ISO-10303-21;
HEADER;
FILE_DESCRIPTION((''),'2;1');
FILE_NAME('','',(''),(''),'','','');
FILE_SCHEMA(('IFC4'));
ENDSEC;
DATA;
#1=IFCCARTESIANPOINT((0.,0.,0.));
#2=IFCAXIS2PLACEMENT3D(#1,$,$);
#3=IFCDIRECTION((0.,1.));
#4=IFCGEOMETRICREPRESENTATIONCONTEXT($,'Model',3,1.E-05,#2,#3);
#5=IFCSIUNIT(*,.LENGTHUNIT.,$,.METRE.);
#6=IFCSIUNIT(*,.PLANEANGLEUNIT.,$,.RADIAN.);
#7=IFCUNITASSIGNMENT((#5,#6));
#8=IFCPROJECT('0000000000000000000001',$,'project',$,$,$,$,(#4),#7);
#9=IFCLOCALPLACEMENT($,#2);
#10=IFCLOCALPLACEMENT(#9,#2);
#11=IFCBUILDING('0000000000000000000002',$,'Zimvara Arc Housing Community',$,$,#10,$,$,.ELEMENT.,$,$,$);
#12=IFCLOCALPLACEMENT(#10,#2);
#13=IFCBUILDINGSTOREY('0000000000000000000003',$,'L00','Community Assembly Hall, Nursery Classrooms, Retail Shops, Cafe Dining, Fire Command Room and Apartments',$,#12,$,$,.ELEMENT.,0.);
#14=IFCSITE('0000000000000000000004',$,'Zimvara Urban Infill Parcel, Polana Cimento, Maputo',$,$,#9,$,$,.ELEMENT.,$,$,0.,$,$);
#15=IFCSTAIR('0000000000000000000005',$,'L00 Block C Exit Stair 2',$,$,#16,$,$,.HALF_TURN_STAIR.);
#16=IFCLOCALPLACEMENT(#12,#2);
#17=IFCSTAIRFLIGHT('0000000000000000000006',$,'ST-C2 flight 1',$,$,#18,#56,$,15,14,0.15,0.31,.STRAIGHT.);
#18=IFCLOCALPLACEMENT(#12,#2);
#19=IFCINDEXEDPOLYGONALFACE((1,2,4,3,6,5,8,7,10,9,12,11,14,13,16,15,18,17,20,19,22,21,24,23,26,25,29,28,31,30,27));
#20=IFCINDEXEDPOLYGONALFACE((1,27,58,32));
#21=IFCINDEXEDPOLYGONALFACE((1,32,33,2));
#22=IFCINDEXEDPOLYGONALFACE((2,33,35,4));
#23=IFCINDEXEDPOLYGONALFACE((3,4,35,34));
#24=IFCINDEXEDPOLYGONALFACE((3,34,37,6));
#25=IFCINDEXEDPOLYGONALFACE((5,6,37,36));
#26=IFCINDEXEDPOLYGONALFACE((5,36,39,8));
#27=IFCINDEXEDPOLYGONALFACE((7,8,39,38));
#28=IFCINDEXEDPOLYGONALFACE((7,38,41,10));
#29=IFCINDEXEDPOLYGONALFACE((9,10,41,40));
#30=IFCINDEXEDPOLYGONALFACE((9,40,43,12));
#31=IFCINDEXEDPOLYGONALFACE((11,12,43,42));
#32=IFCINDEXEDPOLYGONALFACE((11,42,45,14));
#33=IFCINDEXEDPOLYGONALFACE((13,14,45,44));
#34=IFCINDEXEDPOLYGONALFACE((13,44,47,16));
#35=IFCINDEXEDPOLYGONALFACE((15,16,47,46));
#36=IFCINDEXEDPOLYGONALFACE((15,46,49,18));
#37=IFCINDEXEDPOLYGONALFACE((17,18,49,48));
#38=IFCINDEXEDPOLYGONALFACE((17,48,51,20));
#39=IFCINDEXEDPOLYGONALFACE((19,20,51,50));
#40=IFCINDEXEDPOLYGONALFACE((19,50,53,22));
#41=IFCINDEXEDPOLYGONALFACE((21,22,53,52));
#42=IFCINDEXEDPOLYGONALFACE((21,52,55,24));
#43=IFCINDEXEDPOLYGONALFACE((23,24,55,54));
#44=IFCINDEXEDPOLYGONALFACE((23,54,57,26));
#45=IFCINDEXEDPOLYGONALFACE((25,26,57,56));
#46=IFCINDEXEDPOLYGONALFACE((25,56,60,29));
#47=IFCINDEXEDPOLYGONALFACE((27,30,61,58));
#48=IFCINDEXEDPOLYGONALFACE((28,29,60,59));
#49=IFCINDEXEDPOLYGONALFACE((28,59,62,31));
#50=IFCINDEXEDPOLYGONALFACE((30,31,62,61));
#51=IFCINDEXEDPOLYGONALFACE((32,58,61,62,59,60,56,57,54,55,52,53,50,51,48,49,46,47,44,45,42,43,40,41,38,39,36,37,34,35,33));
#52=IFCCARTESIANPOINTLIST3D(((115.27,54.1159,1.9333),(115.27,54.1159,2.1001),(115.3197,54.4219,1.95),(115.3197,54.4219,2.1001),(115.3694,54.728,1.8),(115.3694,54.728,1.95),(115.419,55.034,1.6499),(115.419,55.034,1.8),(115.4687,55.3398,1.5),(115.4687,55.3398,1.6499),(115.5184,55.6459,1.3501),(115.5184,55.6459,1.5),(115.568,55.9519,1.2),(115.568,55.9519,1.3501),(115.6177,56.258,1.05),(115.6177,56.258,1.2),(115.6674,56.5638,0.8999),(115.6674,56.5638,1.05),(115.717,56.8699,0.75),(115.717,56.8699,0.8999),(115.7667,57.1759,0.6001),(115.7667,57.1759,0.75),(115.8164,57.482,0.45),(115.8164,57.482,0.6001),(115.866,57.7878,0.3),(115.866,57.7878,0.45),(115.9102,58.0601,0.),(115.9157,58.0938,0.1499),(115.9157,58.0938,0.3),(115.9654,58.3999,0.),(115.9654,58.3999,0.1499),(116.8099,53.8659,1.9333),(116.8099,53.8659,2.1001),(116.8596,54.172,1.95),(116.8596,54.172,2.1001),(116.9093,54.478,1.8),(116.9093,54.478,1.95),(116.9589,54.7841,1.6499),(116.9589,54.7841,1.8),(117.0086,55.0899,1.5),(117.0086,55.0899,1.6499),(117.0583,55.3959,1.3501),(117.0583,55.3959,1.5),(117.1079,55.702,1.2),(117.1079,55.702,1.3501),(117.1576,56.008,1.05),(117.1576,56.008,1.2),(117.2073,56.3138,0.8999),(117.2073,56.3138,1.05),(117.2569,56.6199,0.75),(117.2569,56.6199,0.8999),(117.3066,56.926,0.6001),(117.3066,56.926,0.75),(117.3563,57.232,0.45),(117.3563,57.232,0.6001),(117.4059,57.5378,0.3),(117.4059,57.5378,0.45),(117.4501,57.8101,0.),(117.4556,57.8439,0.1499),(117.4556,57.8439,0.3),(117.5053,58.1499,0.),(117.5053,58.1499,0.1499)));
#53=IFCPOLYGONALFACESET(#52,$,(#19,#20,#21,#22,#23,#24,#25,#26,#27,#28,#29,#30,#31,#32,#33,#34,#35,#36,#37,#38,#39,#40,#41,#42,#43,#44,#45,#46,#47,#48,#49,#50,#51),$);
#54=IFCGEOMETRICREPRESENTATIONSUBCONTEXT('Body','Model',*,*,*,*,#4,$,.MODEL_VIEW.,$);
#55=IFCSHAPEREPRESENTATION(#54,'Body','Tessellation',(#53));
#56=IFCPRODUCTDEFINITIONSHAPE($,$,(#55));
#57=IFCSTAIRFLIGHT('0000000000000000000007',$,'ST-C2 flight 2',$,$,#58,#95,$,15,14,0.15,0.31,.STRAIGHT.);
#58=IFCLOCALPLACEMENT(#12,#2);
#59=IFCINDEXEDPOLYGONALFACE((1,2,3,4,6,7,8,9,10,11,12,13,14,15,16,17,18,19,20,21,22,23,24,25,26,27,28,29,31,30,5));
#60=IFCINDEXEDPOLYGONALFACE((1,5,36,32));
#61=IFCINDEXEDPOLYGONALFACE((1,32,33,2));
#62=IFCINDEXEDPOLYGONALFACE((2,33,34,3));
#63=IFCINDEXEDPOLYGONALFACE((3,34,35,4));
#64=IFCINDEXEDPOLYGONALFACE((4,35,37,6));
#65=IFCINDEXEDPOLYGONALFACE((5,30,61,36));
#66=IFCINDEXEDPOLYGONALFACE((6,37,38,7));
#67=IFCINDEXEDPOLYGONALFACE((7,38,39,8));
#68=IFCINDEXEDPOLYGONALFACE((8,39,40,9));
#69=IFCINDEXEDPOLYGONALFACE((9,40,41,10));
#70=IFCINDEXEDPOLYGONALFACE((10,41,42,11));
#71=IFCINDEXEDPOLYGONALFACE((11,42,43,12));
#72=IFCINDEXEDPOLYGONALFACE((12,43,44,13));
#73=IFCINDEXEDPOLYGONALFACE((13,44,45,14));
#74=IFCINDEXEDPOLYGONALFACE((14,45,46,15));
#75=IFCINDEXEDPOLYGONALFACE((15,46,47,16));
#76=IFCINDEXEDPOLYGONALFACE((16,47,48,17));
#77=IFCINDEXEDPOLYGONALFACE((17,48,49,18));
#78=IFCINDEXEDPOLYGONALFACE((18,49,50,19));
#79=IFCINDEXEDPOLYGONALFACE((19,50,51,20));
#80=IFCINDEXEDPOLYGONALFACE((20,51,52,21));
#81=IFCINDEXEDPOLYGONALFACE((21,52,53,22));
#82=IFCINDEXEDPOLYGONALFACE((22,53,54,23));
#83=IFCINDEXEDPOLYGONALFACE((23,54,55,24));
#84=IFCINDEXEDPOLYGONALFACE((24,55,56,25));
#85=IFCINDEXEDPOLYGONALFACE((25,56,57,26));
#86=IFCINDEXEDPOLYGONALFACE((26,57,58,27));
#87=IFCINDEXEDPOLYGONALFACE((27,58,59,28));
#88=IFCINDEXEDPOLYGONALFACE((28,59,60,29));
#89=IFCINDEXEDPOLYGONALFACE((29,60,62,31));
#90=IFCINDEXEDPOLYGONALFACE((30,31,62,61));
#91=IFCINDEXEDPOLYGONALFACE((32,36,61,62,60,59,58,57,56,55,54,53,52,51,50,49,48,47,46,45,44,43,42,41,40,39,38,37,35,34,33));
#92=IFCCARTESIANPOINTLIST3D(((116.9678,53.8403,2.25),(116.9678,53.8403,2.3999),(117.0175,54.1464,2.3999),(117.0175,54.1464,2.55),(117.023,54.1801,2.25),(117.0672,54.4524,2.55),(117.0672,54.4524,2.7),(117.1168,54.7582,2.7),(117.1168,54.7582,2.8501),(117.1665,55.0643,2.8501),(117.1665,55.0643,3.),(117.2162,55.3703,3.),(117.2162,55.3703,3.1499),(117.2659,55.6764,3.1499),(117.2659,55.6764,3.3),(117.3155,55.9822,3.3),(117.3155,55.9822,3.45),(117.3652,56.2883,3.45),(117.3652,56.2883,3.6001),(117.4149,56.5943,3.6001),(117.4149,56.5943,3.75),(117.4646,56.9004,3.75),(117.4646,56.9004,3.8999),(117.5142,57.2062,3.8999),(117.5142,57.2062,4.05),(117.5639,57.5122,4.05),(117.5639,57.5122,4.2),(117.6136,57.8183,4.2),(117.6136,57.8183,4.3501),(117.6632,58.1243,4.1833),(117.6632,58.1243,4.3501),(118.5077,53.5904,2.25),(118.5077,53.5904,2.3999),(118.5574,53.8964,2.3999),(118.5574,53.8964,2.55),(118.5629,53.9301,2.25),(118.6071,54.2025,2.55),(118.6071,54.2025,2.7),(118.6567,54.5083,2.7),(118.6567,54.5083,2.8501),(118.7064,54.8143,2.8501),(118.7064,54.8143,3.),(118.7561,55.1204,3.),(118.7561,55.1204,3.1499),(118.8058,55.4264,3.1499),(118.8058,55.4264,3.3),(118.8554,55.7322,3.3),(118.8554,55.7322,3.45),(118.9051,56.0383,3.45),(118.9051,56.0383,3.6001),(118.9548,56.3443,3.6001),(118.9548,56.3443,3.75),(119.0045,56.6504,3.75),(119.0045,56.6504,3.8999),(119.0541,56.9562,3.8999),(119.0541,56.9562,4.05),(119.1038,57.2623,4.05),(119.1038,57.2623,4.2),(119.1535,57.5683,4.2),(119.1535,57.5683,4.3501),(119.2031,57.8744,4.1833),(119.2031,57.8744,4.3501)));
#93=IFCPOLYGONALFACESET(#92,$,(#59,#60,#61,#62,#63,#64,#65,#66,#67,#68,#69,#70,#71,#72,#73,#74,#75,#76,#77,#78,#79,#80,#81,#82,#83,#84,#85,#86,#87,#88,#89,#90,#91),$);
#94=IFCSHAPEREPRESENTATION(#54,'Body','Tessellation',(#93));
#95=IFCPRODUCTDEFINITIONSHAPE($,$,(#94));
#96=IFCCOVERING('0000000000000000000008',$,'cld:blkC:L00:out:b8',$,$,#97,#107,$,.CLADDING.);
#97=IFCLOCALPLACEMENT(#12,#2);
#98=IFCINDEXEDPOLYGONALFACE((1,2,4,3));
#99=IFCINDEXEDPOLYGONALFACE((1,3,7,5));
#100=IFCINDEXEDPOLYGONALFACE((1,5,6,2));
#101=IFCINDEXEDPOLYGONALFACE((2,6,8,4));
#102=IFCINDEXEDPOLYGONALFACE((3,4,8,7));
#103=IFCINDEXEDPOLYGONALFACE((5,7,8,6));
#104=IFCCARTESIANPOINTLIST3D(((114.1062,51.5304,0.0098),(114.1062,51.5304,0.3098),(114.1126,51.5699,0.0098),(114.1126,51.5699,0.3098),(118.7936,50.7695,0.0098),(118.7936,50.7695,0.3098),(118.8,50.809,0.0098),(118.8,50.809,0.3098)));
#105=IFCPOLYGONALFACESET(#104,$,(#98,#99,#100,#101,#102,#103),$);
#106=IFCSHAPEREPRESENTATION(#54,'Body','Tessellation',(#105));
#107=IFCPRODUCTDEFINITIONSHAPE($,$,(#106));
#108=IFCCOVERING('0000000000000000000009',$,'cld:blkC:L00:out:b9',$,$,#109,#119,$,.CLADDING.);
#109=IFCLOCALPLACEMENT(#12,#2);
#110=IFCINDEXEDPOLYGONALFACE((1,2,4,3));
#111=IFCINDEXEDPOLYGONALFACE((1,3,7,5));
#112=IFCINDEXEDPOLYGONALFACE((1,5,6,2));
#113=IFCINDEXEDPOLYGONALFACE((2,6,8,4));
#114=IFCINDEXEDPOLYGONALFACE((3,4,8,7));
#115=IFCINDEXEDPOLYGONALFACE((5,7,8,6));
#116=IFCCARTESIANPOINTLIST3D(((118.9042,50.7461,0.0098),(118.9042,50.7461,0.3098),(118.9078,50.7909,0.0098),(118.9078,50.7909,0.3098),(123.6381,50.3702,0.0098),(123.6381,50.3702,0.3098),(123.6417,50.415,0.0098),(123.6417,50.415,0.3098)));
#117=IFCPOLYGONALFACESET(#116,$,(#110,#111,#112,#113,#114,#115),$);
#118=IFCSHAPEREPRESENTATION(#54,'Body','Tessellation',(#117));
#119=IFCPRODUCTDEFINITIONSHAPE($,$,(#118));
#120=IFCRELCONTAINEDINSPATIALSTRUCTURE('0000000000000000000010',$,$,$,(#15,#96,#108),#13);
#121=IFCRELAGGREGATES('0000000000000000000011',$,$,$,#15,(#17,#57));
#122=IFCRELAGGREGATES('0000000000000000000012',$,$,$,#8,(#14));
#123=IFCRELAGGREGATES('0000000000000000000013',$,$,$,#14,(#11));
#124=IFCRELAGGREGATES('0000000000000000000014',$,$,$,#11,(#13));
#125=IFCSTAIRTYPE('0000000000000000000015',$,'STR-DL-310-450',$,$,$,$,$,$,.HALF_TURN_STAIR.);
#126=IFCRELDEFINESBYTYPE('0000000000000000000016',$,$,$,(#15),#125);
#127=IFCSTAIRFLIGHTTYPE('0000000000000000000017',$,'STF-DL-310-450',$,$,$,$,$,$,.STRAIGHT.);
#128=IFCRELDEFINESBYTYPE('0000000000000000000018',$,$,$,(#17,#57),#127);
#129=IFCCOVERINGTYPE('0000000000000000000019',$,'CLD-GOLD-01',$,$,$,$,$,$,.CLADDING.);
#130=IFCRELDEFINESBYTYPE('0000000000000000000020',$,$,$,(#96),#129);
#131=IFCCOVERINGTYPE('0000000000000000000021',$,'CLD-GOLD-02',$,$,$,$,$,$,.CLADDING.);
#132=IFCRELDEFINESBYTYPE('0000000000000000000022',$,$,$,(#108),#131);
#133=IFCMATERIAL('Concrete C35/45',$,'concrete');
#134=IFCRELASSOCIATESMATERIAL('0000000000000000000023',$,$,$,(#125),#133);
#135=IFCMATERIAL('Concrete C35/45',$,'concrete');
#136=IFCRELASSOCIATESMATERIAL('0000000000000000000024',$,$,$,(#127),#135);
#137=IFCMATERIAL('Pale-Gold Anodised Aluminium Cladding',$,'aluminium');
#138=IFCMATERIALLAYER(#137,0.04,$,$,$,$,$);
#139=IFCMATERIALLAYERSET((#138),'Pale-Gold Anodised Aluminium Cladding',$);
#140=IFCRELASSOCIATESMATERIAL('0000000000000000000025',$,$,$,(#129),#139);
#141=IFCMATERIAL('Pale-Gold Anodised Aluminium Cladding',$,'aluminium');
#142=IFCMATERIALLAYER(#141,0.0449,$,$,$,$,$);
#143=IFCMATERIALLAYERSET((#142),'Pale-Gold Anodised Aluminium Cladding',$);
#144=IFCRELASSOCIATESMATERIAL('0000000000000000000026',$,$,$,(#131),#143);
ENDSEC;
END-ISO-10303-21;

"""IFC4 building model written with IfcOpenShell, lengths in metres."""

from ifc_helpers import new_model, si_unit, direction, frame, origin, origin_2d, place, context, subcontext, project, spatial, polyline, rectangle, outline, extrude, material, layer, layer_set, type_object, element, aggregate, save


model = new_model("IFC4")

# Units and contexts
model_context = context("Model", 3, precision=1e-05, world=origin(), true_north=direction((0.0, 1.0)))
body_context = subcontext(model_context, "Body", "Model", "MODEL_VIEW")
ifc_project = project(units=[si_unit("LENGTHUNIT", "METRE"), si_unit("PLANEANGLEUNIT", "RADIAN")], contexts=[model_context])

# Site, building, storey
site_placement = place(None, origin())
site = spatial("IfcSite", under=ifc_project, at=site_placement, Name="Zimvara Urban Infill Parcel, Polana Cimento, Maputo", CompositionType="ELEMENT", RefElevation=0.0)
building_placement = place(site_placement, origin())
building = spatial("IfcBuilding", under=site, at=building_placement, Name="Zimvara Arc Housing Community", CompositionType="ELEMENT")
storey_placement = place(building_placement, origin())
storey = spatial("IfcBuildingStorey", under=building, at=storey_placement, Name="L00", Description="Community Assembly Hall, Nursery Classrooms, Retail Shops, Cafe Dining, Fire Command Room and Apartments", CompositionType="ELEMENT", Elevation=0.0)

# Stair, stair flights
ifc_material_1 = material(Name="Concrete C35/45", Category="concrete")
stair_type = type_object("IfcStairType", Name="STR-DL-310-450", PredefinedType="HALF_TURN_STAIR", material=ifc_material_1)
stair_placement = place(storey_placement, origin())
stair = element("IfcStair", 1, at=stair_placement, inside=storey, type_object=stair_type, Name="L00 Block C Exit Stair 2", PredefinedType="HALF_TURN_STAIR")
ifc_material_2 = material(Name="Concrete C35/45", Category="concrete")
stair_flight_type = type_object("IfcStairFlightType", Name="STF-DL-310-450", PredefinedType="STRAIGHT", material=ifc_material_2)
stair_flight_1_placement = place(storey_placement, frame((116.7354, 58.2749, 0.0), z_axis=(0.0, 0.0, 1.0), x_axis=(-0.160226, -0.98708, 0.0)))
stair_flight_1 = element("IfcStairFlight", 2, at=stair_flight_1_placement, type_object=stair_flight_type, Name="ST-C2 flight 1", NumberOfRisers=15, NumberOfTreads=14, PredefinedType="STRAIGHT", RiserHeight=0.15, TreadLength=0.31, context=body_context, shape_type="SweptSolid", body=[
    extrude(outline(polyline([(0.0, 0.0), (0.0, 0.1499), (0.3101, 0.1499), (0.3101, 0.3), (0.6201, 0.3), (0.6201, 0.45), (0.9299, 0.45), (0.9299, 0.6001), (1.24, 0.6001), (1.24, 0.75), (1.55, 0.75), (1.55, 0.8999), (1.8601, 0.8999), (1.8601, 1.05), (2.1699, 1.05), (2.1699, 1.2), (2.48, 1.2), (2.48, 1.3501), (2.79, 1.3501), (2.79, 1.5), (3.1001, 1.5), (3.1001, 1.6499), (3.4099, 1.6499), (3.4099, 1.8), (3.72, 1.8), (3.72, 1.95), (4.03, 1.95), (4.03, 2.1001), (4.3401, 2.1001), (4.3401, 2.25), (4.3401, 1.9333), (0.3442, 0.0), (0.0, 0.0)])), frame((0.0, 0.78, 0.0), z_axis=(0.0, -1.0, 0.0), x_axis=(1.0, 0.0, 0.0)), (0.0, 0.0, 1.0), 1.5601),
])
stair_flight_2_placement = place(storey_placement, frame((117.7378, 53.7153, 2.25), z_axis=(0.0, 0.0, 1.0), x_axis=(0.160226, 0.98708, 0.0)))
stair_flight_2 = element("IfcStairFlight", 3, at=stair_flight_2_placement, type_object=stair_flight_type, Name="ST-C2 flight 2", NumberOfRisers=15, NumberOfTreads=14, PredefinedType="STRAIGHT", RiserHeight=0.15, TreadLength=0.31, context=body_context, shape_type="SweptSolid", body=[
    extrude(outline(polyline([(0.0, 0.0), (0.0, 0.1499), (0.3101, 0.1499), (0.3101, 0.3), (0.6201, 0.3), (0.6201, 0.45), (0.9299, 0.45), (0.9299, 0.6001), (1.24, 0.6001), (1.24, 0.75), (1.55, 0.75), (1.55, 0.8999), (1.8601, 0.8999), (1.8601, 1.05), (2.1699, 1.05), (2.1699, 1.2), (2.48, 1.2), (2.48, 1.3501), (2.79, 1.3501), (2.79, 1.5), (3.1001, 1.5), (3.1001, 1.6499), (3.4099, 1.6499), (3.4099, 1.8), (3.72, 1.8), (3.72, 1.95), (4.03, 1.95), (4.03, 2.1001), (4.3401, 2.1001), (4.3401, 2.25), (4.3401, 1.9333), (0.3442, 0.0), (0.0, 0.0)])), frame((0.0, 0.78, 0.0), z_axis=(0.0, -1.0, 0.0), x_axis=(1.0, 0.0, 0.0)), (0.0, 0.0, 1.0), 1.5601),
])
aggregate(stair, [stair_flight_1, stair_flight_2])

# Coverings
ifc_material_3 = material(Name="Pale-Gold Anodised Aluminium Cladding", Category="aluminium")
ifc_layer_1 = layer(ifc_material_3, 0.04)
ifc_layer_set_1 = layer_set([ifc_layer_1], Name="Pale-Gold Anodised Aluminium Cladding")
covering_type_1 = type_object("IfcCoveringType", Name="CLD-GOLD-01", PredefinedType="CLADDING", material=ifc_layer_set_1)
covering_1_placement = place(storey_placement, frame((116.4531, 51.1697, 0.0098), z_axis=(0.0, 0.0, 1.0), x_axis=(0.98708, -0.160226, 0.0)))
element("IfcCovering", 4, at=covering_1_placement, inside=storey, type_object=covering_type_1, Name="cld:blkC:L00:out:b8", PredefinedType="CLADDING", context=body_context, shape_type="SweptSolid", body=[
    extrude(rectangle(XDim=4.7488, YDim=0.04, at=origin_2d()), origin(), (0.0, 0.0, 1.0), 0.3),
])
ifc_material_4 = material(Name="Pale-Gold Anodised Aluminium Cladding", Category="aluminium")
ifc_layer_2 = layer(ifc_material_4, 0.0449)
ifc_layer_set_2 = layer_set([ifc_layer_2], Name="Pale-Gold Anodised Aluminium Cladding")
covering_type_2 = type_object("IfcCoveringType", Name="CLD-GOLD-02", PredefinedType="CLADDING", material=ifc_layer_set_2)
covering_2_placement = place(storey_placement, frame((121.2729, 50.5806, 0.0098), z_axis=(0.0, 0.0, 1.0), x_axis=(0.996862, -0.079155, 0.0)))
element("IfcCovering", 5, at=covering_2_placement, inside=storey, type_object=covering_type_2, Name="cld:blkC:L00:out:b9", PredefinedType="CLADDING", context=body_context, shape_type="SweptSolid", body=[
    extrude(rectangle(XDim=4.7488, YDim=0.0449, at=origin_2d()), origin(), (0.0, 0.0, 1.0), 0.3),
])

save(model, "model.ifc")
